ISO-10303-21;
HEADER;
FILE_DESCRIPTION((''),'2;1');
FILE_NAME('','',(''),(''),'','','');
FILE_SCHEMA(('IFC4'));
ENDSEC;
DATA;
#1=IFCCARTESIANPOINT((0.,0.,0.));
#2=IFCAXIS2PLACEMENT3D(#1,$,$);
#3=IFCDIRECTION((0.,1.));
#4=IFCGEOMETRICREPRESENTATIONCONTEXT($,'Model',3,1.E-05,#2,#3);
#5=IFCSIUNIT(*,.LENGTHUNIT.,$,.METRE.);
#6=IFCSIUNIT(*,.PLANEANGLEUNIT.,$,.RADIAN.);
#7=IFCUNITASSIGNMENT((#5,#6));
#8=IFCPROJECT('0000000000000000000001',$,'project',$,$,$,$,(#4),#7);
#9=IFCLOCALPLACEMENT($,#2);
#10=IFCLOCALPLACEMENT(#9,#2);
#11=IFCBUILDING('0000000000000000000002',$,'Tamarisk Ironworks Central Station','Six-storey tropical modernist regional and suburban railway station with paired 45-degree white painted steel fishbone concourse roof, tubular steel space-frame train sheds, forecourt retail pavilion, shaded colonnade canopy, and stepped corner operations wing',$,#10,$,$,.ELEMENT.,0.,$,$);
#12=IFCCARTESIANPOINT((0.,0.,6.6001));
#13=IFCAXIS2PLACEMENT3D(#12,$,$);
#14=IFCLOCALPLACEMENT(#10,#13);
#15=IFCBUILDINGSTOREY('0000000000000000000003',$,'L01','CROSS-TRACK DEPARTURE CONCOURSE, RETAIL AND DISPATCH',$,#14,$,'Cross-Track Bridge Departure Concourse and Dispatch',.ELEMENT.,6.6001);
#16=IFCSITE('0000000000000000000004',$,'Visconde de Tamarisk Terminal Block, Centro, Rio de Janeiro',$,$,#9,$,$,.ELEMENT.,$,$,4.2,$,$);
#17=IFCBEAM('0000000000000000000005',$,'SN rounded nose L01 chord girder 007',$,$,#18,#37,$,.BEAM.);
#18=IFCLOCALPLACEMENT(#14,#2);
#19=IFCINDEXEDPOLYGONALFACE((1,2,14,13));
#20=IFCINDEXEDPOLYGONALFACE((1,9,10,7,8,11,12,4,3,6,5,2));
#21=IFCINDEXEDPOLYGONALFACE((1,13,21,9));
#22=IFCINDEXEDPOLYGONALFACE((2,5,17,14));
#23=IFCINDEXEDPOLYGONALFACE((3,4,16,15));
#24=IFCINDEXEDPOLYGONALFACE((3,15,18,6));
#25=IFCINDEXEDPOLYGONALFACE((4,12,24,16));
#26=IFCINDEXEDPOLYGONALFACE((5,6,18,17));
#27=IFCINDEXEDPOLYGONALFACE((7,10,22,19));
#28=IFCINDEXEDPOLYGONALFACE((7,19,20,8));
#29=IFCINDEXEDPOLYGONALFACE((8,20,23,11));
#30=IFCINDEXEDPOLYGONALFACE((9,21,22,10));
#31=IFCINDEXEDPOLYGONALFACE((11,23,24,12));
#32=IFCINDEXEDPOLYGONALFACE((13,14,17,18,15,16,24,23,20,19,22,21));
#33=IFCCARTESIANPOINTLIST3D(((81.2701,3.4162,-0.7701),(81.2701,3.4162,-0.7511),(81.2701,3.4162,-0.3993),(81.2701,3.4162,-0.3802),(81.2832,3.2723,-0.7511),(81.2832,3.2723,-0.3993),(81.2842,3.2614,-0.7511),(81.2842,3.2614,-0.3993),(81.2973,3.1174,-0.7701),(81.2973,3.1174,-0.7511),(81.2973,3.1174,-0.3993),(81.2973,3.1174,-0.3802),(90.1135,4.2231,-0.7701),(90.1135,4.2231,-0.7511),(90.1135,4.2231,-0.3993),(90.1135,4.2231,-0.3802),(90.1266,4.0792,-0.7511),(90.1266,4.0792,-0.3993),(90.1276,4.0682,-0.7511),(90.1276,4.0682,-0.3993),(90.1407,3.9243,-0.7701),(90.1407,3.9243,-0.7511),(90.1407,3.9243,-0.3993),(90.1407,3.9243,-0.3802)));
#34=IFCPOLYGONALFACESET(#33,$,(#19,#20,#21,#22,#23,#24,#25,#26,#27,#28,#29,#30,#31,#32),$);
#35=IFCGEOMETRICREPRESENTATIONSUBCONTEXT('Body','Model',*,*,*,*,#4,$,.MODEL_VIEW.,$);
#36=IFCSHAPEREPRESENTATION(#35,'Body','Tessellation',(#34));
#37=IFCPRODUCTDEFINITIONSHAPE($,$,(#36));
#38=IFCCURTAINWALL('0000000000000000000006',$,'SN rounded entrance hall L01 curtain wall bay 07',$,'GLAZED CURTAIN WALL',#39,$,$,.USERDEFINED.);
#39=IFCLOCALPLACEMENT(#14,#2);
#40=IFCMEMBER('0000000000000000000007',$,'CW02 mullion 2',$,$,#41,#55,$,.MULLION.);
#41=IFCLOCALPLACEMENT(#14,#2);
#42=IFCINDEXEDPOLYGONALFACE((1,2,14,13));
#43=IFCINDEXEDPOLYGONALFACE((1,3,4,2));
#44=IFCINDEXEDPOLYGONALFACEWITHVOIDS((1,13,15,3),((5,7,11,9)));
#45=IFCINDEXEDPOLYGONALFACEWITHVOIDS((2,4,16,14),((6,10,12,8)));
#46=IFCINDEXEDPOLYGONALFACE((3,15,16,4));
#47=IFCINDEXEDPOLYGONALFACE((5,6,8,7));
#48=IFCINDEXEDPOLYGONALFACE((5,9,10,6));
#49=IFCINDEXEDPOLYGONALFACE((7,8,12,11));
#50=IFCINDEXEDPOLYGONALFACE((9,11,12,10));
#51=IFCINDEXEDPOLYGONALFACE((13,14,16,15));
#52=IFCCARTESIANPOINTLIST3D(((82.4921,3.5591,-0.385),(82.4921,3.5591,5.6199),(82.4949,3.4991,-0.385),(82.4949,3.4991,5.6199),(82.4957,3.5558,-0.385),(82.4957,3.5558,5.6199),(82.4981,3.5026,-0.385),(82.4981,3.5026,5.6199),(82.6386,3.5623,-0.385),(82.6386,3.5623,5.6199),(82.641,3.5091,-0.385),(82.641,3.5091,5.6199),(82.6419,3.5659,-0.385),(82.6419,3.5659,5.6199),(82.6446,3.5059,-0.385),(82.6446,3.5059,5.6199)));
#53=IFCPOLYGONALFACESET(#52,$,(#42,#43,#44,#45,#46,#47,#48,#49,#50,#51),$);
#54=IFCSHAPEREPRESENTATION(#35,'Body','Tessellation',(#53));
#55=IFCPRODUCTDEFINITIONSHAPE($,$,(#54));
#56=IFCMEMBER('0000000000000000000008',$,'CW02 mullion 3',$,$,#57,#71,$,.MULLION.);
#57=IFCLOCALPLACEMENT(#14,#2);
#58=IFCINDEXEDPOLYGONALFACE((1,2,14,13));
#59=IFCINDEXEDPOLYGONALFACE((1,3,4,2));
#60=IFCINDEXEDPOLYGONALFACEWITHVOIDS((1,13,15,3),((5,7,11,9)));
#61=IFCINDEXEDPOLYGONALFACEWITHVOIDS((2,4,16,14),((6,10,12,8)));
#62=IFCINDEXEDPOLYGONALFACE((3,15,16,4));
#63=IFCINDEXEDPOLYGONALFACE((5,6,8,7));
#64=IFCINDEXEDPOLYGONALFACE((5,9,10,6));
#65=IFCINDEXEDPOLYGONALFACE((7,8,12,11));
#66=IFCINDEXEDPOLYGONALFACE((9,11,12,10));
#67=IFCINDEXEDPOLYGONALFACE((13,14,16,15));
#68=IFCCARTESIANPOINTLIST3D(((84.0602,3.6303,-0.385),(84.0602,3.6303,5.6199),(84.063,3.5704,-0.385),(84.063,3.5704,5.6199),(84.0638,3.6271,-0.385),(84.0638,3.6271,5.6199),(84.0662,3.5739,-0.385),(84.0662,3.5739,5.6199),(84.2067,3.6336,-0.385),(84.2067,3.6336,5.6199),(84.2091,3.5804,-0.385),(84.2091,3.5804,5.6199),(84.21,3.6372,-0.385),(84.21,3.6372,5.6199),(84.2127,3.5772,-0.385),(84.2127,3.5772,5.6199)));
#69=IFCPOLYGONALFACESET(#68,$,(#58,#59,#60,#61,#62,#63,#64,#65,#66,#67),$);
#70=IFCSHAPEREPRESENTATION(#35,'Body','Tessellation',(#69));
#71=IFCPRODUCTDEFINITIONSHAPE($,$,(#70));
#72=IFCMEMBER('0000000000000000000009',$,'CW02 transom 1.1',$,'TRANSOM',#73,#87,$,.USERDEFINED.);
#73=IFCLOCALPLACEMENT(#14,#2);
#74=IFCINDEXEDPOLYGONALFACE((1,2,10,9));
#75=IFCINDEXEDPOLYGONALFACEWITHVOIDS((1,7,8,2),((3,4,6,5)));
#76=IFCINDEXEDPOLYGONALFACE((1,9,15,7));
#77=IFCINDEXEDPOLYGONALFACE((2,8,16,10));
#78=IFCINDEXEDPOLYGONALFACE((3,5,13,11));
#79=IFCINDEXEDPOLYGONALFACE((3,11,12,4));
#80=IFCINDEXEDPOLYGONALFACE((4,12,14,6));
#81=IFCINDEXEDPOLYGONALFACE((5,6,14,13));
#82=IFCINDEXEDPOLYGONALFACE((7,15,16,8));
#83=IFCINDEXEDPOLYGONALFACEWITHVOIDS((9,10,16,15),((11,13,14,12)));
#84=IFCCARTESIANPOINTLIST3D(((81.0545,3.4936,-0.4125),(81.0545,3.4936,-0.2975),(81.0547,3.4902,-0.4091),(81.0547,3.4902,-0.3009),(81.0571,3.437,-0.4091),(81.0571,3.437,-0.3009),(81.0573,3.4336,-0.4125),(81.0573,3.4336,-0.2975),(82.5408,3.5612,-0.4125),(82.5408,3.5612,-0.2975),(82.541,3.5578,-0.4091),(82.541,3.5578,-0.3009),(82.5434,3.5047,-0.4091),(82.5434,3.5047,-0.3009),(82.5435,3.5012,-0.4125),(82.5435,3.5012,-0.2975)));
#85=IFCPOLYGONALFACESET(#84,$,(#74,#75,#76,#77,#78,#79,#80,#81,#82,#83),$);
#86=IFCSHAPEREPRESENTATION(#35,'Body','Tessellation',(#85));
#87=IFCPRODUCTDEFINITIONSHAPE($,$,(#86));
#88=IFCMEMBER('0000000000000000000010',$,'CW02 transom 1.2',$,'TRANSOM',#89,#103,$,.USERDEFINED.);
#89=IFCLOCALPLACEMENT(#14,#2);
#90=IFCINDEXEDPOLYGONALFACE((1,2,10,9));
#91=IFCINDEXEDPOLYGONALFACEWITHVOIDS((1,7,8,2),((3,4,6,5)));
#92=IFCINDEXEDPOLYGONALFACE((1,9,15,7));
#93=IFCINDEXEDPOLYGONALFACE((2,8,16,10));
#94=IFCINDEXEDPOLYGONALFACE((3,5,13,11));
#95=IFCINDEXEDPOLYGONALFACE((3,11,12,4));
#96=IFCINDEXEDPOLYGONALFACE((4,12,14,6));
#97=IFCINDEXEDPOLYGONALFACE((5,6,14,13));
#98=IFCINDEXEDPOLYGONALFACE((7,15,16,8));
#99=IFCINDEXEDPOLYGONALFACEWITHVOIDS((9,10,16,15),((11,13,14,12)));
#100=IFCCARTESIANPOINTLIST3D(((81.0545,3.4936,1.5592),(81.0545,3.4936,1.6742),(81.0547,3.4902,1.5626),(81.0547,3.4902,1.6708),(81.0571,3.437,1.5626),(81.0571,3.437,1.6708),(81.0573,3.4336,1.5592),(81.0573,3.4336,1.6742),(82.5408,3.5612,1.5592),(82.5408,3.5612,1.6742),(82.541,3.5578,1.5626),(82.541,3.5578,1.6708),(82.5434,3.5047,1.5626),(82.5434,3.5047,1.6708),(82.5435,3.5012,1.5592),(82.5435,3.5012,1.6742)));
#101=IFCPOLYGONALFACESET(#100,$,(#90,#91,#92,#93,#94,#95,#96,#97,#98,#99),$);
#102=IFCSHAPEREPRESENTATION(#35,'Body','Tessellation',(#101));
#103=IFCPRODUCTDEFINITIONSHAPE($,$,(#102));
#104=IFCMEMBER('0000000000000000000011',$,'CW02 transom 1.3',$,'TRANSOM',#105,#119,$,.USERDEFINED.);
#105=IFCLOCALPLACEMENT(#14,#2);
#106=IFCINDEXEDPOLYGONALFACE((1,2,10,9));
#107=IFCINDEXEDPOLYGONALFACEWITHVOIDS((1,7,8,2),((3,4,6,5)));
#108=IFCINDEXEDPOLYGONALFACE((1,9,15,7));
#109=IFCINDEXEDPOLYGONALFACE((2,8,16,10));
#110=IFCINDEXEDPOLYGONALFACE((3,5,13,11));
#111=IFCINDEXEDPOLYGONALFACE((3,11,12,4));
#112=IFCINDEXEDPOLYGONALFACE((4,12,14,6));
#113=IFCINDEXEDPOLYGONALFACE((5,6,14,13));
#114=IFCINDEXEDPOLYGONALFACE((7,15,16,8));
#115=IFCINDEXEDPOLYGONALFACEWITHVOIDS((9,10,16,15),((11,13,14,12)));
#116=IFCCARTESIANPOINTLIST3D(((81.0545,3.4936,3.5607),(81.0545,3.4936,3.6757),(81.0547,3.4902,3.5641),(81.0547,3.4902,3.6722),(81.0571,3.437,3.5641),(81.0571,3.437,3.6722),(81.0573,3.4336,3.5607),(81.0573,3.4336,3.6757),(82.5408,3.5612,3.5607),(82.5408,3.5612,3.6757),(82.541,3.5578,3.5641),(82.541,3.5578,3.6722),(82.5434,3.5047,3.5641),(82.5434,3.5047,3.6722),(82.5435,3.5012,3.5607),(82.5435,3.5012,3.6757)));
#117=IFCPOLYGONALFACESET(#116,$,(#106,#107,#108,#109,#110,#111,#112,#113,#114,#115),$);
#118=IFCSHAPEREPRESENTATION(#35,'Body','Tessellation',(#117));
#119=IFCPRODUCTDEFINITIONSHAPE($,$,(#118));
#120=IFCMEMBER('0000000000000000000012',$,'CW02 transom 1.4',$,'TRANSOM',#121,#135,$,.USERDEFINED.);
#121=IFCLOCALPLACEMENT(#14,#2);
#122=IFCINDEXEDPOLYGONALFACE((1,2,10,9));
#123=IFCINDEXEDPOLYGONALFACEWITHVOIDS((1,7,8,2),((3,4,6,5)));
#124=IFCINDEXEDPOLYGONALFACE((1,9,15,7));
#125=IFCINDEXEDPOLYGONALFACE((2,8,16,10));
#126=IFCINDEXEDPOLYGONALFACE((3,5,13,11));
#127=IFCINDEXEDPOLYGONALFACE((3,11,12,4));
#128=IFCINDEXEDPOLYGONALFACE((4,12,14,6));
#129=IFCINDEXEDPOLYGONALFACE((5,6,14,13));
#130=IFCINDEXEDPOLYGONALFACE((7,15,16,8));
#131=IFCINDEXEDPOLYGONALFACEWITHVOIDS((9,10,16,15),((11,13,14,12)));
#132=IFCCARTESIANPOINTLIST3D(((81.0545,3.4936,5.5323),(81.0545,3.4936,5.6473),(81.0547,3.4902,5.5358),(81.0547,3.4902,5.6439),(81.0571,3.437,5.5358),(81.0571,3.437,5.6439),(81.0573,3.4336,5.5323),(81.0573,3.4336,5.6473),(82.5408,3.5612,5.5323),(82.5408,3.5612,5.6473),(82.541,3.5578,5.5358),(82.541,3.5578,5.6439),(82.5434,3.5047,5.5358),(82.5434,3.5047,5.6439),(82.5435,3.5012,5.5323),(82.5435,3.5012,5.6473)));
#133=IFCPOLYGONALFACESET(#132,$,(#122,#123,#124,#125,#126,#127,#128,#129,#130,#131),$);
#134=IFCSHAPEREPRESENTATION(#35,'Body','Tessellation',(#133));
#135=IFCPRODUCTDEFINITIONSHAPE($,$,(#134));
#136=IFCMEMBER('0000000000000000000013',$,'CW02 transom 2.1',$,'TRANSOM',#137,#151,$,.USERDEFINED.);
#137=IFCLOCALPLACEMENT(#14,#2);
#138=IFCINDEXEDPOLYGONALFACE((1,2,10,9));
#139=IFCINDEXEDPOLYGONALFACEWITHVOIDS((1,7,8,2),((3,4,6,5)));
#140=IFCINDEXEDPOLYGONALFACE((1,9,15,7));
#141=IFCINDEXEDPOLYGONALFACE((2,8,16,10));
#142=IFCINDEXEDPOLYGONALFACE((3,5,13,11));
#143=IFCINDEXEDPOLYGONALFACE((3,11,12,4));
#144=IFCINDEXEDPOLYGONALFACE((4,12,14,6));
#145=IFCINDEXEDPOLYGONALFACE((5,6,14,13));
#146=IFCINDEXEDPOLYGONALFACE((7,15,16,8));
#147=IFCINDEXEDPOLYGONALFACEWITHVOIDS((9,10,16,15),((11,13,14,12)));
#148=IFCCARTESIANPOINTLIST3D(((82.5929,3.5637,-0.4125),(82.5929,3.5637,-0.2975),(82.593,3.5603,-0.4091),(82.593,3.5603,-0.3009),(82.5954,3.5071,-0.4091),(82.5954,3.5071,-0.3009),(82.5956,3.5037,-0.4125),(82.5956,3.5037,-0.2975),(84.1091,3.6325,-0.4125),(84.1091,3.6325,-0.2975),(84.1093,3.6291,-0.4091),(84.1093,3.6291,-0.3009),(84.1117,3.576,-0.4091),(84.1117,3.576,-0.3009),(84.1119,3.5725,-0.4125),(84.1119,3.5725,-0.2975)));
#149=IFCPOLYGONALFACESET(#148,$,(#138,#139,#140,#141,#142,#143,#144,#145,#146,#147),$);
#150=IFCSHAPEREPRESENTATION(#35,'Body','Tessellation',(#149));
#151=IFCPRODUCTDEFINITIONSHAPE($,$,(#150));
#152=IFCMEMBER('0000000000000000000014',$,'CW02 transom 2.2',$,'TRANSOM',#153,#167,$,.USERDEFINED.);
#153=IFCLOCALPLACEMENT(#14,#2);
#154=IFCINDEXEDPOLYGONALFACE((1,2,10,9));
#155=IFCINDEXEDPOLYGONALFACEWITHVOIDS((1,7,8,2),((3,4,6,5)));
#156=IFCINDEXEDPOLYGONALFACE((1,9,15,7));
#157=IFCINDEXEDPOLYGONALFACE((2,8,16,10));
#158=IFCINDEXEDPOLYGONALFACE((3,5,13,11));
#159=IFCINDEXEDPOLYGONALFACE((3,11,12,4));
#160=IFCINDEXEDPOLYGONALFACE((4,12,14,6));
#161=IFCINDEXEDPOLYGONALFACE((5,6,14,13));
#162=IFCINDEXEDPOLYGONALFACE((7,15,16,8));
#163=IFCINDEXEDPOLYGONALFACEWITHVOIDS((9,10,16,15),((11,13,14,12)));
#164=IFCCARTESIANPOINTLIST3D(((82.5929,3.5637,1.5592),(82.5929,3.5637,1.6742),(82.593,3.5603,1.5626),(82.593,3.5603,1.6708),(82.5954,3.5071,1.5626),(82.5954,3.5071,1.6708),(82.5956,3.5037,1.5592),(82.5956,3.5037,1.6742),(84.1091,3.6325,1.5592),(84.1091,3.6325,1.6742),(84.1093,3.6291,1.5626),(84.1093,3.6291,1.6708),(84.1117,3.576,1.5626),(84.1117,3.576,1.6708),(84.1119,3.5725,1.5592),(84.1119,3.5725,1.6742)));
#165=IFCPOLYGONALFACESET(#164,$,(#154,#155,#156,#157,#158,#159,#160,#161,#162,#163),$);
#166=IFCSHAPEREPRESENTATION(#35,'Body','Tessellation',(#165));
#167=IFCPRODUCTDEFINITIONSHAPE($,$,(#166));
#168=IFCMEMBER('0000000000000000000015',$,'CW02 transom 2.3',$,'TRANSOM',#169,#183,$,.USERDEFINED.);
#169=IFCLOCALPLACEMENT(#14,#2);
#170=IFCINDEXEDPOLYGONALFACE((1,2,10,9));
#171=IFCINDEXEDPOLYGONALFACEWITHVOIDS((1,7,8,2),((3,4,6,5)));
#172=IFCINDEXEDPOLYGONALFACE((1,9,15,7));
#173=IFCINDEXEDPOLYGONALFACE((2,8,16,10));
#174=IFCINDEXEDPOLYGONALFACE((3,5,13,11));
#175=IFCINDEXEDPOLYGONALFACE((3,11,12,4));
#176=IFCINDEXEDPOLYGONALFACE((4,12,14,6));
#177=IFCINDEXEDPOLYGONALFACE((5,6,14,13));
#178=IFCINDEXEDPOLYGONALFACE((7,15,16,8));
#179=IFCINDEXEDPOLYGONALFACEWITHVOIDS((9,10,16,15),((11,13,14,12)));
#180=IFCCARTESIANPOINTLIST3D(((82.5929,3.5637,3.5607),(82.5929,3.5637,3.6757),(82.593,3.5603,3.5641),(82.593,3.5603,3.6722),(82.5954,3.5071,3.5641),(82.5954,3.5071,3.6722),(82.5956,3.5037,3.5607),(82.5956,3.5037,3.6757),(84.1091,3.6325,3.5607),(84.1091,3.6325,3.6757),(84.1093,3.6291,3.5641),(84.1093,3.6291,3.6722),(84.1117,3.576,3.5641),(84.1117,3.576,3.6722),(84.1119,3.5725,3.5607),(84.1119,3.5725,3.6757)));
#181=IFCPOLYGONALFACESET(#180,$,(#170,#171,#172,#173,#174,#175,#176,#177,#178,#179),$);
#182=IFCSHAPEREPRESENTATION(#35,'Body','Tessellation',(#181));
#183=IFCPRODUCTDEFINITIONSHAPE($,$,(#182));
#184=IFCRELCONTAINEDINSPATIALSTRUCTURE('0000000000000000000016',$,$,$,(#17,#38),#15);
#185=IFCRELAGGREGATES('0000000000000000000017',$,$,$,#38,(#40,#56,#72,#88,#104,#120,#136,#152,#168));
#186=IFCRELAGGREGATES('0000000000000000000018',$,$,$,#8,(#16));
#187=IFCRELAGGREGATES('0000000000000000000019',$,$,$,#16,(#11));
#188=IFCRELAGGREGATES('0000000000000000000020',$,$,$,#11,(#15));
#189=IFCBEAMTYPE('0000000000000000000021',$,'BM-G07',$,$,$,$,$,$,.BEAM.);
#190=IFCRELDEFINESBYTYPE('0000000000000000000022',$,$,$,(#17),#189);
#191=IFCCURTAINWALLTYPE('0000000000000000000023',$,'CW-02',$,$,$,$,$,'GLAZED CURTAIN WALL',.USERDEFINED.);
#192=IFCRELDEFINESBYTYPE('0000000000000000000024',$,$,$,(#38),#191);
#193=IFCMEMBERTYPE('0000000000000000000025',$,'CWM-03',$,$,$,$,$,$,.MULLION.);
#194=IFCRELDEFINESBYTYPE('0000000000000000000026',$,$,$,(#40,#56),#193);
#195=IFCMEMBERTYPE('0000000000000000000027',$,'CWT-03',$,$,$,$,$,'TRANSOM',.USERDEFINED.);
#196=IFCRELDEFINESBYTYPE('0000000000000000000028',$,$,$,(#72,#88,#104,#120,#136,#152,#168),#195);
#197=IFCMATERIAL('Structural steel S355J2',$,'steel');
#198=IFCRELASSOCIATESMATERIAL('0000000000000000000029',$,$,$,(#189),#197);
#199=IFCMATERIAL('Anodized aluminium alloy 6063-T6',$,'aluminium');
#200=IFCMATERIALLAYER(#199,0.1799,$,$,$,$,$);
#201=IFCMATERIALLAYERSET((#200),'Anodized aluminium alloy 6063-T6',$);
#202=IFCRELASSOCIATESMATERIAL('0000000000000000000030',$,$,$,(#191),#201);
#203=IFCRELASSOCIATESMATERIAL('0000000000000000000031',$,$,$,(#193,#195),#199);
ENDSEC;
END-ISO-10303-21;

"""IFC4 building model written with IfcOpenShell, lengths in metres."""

from ifc_helpers import new_model, si_unit, direction, frame, origin, origin_2d, place, context, subcontext, project, spatial, hollow_rectangle, i_section, extrude, material, layer, layer_set, material_profile, profile_set, type_object, element, aggregate, save


model = new_model("IFC4")

# Units and contexts
model_context = context("Model", 3, precision=1e-05, world=origin(), true_north=direction((0.0, 1.0)))
body_context = subcontext(model_context, "Body", "Model", "MODEL_VIEW")
ifc_project = project(units=[si_unit("LENGTHUNIT", "METRE"), si_unit("PLANEANGLEUNIT", "RADIAN")], contexts=[model_context])

# Site, building, storey
site_placement = place(None, origin())
site = spatial("IfcSite", under=ifc_project, at=site_placement, Name="Visconde de Tamarisk Terminal Block, Centro, Rio de Janeiro", CompositionType="ELEMENT", RefElevation=4.2)
building_placement = place(site_placement, origin())
building = spatial("IfcBuilding", under=site, at=building_placement, Name="Tamarisk Ironworks Central Station", Description="Six-storey tropical modernist regional and suburban railway station with paired 45-degree white painted steel fishbone concourse roof, tubular steel space-frame train sheds, forecourt retail pavilion, shaded colonnade canopy, and stepped corner operations wing", CompositionType="ELEMENT", ElevationOfRefHeight=0.0)
storey_placement = place(building_placement, frame((0.0, 0.0, 6.6001)))
storey = spatial("IfcBuildingStorey", under=building, at=storey_placement, Name="L01", Description="CROSS-TRACK DEPARTURE CONCOURSE, RETAIL AND DISPATCH", LongName="Cross-Track Bridge Departure Concourse and Dispatch", CompositionType="ELEMENT", Elevation=6.6001)

# Beam
ifc_material_1 = material(Name="Structural steel S355J2", Category="steel")
ifc_material_profile_1 = material_profile(ifc_material_1, i_section(OverallWidth=0.3, OverallDepth=0.3899, WebThickness=0.011, FlangeThickness=0.019, at=origin_2d()), Name="HEA 400")
ifc_profile_set_1 = profile_set([ifc_material_profile_1], Name="Structural steel S355J2")
beam_type = type_object("IfcBeamType", Name="BM-G07", PredefinedType="BEAM", material=ifc_profile_set_1)
beam_placement = place(storey_placement, frame((81.2837, 3.2668, -0.5752), z_axis=(0.995863, 0.090863, 0.0), x_axis=(-0.090863, 0.995863, 0.0)))
element("IfcBeam", 1, at=beam_placement, inside=storey, type_object=beam_type, Name="SN rounded nose L01 chord girder 007", PredefinedType="BEAM", context=body_context, shape_type="SweptSolid", body=[
    extrude(i_section(OverallWidth=0.3, OverallDepth=0.3899, WebThickness=0.011, FlangeThickness=0.019, at=origin_2d()), origin(), (0.0, 0.0, 1.0), 8.8801),
])

# Curtain wall, members
ifc_material_2 = material(Name="Anodized aluminium alloy 6063-T6", Category="aluminium")
ifc_layer_1 = layer(ifc_material_2, 0.1799)
ifc_layer_set_1 = layer_set([ifc_layer_1], Name="Anodized aluminium alloy 6063-T6")
curtain_wall_type = type_object("IfcCurtainWallType", Name="CW-02", ElementType="GLAZED CURTAIN WALL", PredefinedType="USERDEFINED", material=ifc_layer_set_1)
curtain_wall_placement = place(storey_placement, origin())
curtain_wall = element("IfcCurtainWall", 2, at=curtain_wall_placement, inside=storey, type_object=curtain_wall_type, Name="SN rounded entrance hall L01 curtain wall bay 07", ObjectType="GLAZED CURTAIN WALL", PredefinedType="USERDEFINED")
ifc_material_profile_2 = material_profile(ifc_material_2, hollow_rectangle(XDim=0.0601, YDim=0.1499, WallThickness=0.0034, at=origin_2d()), Name="ALUM 150x60")
ifc_profile_set_2 = profile_set([ifc_material_profile_2], Name="Anodized aluminium alloy 6063-T6")
member_type_1 = type_object("IfcMemberType", Name="CWM-03", PredefinedType="MULLION", material=ifc_profile_set_2)
member_1_placement = place(storey_placement, frame((82.5684, 3.5325, -0.385), z_axis=(0.0, 0.0, 1.0), x_axis=(-0.045481, 0.998965, 0.0)))
member_1 = element("IfcMember", 3, at=member_1_placement, type_object=member_type_1, Name="CW02 mullion 2", PredefinedType="MULLION", context=body_context, shape_type="SweptSolid", body=[
    extrude(hollow_rectangle(XDim=0.0601, YDim=0.1499, WallThickness=0.0034, at=origin_2d()), origin(), (0.0, 0.0, 1.0), 6.0049),
])
member_2_placement = place(storey_placement, frame((84.1365, 3.6038, -0.385), z_axis=(0.0, 0.0, 1.0), x_axis=(-0.045481, 0.998965, 0.0)))
member_2 = element("IfcMember", 4, at=member_2_placement, type_object=member_type_1, Name="CW02 mullion 3", PredefinedType="MULLION", context=body_context, shape_type="SweptSolid", body=[
    extrude(hollow_rectangle(XDim=0.0601, YDim=0.1499, WallThickness=0.0034, at=origin_2d()), origin(), (0.0, 0.0, 1.0), 6.0049),
])
ifc_material_profile_3 = material_profile(ifc_material_2, hollow_rectangle(XDim=0.0601, YDim=0.115, WallThickness=0.0034, at=origin_2d()), Name="ALUM 115x60")
ifc_profile_set_3 = profile_set([ifc_material_profile_3], Name="Anodized aluminium alloy 6063-T6")
member_type_2 = type_object("IfcMemberType", Name="CWT-03", ElementType="TRANSOM", PredefinedType="USERDEFINED", material=ifc_profile_set_3)
member_3_placement = place(storey_placement, frame((81.0559, 3.4636, -0.355), z_axis=(0.998967, 0.045452, 0.0), x_axis=(-0.045452, 0.998967, 0.0)))
member_3 = element("IfcMember", 5, at=member_3_placement, type_object=member_type_2, Name="CW02 transom 1.1", ObjectType="TRANSOM", PredefinedType="USERDEFINED", context=body_context, shape_type="SweptSolid", body=[
    extrude(hollow_rectangle(XDim=0.0601, YDim=0.115, WallThickness=0.0034, at=origin_2d()), origin(), (0.0, 0.0, 1.0), 1.4878),
])
member_4_placement = place(storey_placement, frame((81.0559, 3.4636, 1.6167), z_axis=(0.998967, 0.045452, 0.0), x_axis=(-0.045452, 0.998967, 0.0)))
member_4 = element("IfcMember", 6, at=member_4_placement, type_object=member_type_2, Name="CW02 transom 1.2", ObjectType="TRANSOM", PredefinedType="USERDEFINED", context=body_context, shape_type="SweptSolid", body=[
    extrude(hollow_rectangle(XDim=0.0601, YDim=0.115, WallThickness=0.0034, at=origin_2d()), origin(), (0.0, 0.0, 1.0), 1.4878),
])
member_5_placement = place(storey_placement, frame((81.0559, 3.4636, 3.6182), z_axis=(0.998967, 0.045452, 0.0), x_axis=(-0.045452, 0.998967, 0.0)))
member_5 = element("IfcMember", 7, at=member_5_placement, type_object=member_type_2, Name="CW02 transom 1.3", ObjectType="TRANSOM", PredefinedType="USERDEFINED", context=body_context, shape_type="SweptSolid", body=[
    extrude(hollow_rectangle(XDim=0.0601, YDim=0.115, WallThickness=0.0034, at=origin_2d()), origin(), (0.0, 0.0, 1.0), 1.4878),
])
member_6_placement = place(storey_placement, frame((81.0559, 3.4636, 5.5898), z_axis=(0.998967, 0.045452, 0.0), x_axis=(-0.045452, 0.998967, 0.0)))
member_6 = element("IfcMember", 8, at=member_6_placement, type_object=member_type_2, Name="CW02 transom 1.4", ObjectType="TRANSOM", PredefinedType="USERDEFINED", context=body_context, shape_type="SweptSolid", body=[
    extrude(hollow_rectangle(XDim=0.0601, YDim=0.115, WallThickness=0.0034, at=origin_2d()), origin(), (0.0, 0.0, 1.0), 1.4878),
])
member_7_placement = place(storey_placement, frame((82.5942, 3.5337, -0.355), z_axis=(0.998971, 0.045357, 0.0), x_axis=(-0.045357, 0.998971, 0.0)))
member_7 = element("IfcMember", 9, at=member_7_placement, type_object=member_type_2, Name="CW02 transom 2.1", ObjectType="TRANSOM", PredefinedType="USERDEFINED", context=body_context, shape_type="SweptSolid", body=[
    extrude(hollow_rectangle(XDim=0.0601, YDim=0.115, WallThickness=0.0034, at=origin_2d()), origin(), (0.0, 0.0, 1.0), 1.5178),
])
member_8_placement = place(storey_placement, frame((82.5942, 3.5337, 1.6167), z_axis=(0.998971, 0.045357, 0.0), x_axis=(-0.045357, 0.998971, 0.0)))
member_8 = element("IfcMember", 10, at=member_8_placement, type_object=member_type_2, Name="CW02 transom 2.2", ObjectType="TRANSOM", PredefinedType="USERDEFINED", context=body_context, shape_type="SweptSolid", body=[
    extrude(hollow_rectangle(XDim=0.0601, YDim=0.115, WallThickness=0.0034, at=origin_2d()), origin(), (0.0, 0.0, 1.0), 1.5178),
])
member_9_placement = place(storey_placement, frame((82.5942, 3.5337, 3.6182), z_axis=(0.998971, 0.045357, 0.0), x_axis=(-0.045357, 0.998971, 0.0)))
member_9 = element("IfcMember", 11, at=member_9_placement, type_object=member_type_2, Name="CW02 transom 2.3", ObjectType="TRANSOM", PredefinedType="USERDEFINED", context=body_context, shape_type="SweptSolid", body=[
    extrude(hollow_rectangle(XDim=0.0601, YDim=0.115, WallThickness=0.0034, at=origin_2d()), origin(), (0.0, 0.0, 1.0), 1.5178),
])
aggregate(curtain_wall, [member_1, member_2, member_3, member_4, member_5, member_6, member_7, member_8, member_9])

save(model, "model.ifc")
